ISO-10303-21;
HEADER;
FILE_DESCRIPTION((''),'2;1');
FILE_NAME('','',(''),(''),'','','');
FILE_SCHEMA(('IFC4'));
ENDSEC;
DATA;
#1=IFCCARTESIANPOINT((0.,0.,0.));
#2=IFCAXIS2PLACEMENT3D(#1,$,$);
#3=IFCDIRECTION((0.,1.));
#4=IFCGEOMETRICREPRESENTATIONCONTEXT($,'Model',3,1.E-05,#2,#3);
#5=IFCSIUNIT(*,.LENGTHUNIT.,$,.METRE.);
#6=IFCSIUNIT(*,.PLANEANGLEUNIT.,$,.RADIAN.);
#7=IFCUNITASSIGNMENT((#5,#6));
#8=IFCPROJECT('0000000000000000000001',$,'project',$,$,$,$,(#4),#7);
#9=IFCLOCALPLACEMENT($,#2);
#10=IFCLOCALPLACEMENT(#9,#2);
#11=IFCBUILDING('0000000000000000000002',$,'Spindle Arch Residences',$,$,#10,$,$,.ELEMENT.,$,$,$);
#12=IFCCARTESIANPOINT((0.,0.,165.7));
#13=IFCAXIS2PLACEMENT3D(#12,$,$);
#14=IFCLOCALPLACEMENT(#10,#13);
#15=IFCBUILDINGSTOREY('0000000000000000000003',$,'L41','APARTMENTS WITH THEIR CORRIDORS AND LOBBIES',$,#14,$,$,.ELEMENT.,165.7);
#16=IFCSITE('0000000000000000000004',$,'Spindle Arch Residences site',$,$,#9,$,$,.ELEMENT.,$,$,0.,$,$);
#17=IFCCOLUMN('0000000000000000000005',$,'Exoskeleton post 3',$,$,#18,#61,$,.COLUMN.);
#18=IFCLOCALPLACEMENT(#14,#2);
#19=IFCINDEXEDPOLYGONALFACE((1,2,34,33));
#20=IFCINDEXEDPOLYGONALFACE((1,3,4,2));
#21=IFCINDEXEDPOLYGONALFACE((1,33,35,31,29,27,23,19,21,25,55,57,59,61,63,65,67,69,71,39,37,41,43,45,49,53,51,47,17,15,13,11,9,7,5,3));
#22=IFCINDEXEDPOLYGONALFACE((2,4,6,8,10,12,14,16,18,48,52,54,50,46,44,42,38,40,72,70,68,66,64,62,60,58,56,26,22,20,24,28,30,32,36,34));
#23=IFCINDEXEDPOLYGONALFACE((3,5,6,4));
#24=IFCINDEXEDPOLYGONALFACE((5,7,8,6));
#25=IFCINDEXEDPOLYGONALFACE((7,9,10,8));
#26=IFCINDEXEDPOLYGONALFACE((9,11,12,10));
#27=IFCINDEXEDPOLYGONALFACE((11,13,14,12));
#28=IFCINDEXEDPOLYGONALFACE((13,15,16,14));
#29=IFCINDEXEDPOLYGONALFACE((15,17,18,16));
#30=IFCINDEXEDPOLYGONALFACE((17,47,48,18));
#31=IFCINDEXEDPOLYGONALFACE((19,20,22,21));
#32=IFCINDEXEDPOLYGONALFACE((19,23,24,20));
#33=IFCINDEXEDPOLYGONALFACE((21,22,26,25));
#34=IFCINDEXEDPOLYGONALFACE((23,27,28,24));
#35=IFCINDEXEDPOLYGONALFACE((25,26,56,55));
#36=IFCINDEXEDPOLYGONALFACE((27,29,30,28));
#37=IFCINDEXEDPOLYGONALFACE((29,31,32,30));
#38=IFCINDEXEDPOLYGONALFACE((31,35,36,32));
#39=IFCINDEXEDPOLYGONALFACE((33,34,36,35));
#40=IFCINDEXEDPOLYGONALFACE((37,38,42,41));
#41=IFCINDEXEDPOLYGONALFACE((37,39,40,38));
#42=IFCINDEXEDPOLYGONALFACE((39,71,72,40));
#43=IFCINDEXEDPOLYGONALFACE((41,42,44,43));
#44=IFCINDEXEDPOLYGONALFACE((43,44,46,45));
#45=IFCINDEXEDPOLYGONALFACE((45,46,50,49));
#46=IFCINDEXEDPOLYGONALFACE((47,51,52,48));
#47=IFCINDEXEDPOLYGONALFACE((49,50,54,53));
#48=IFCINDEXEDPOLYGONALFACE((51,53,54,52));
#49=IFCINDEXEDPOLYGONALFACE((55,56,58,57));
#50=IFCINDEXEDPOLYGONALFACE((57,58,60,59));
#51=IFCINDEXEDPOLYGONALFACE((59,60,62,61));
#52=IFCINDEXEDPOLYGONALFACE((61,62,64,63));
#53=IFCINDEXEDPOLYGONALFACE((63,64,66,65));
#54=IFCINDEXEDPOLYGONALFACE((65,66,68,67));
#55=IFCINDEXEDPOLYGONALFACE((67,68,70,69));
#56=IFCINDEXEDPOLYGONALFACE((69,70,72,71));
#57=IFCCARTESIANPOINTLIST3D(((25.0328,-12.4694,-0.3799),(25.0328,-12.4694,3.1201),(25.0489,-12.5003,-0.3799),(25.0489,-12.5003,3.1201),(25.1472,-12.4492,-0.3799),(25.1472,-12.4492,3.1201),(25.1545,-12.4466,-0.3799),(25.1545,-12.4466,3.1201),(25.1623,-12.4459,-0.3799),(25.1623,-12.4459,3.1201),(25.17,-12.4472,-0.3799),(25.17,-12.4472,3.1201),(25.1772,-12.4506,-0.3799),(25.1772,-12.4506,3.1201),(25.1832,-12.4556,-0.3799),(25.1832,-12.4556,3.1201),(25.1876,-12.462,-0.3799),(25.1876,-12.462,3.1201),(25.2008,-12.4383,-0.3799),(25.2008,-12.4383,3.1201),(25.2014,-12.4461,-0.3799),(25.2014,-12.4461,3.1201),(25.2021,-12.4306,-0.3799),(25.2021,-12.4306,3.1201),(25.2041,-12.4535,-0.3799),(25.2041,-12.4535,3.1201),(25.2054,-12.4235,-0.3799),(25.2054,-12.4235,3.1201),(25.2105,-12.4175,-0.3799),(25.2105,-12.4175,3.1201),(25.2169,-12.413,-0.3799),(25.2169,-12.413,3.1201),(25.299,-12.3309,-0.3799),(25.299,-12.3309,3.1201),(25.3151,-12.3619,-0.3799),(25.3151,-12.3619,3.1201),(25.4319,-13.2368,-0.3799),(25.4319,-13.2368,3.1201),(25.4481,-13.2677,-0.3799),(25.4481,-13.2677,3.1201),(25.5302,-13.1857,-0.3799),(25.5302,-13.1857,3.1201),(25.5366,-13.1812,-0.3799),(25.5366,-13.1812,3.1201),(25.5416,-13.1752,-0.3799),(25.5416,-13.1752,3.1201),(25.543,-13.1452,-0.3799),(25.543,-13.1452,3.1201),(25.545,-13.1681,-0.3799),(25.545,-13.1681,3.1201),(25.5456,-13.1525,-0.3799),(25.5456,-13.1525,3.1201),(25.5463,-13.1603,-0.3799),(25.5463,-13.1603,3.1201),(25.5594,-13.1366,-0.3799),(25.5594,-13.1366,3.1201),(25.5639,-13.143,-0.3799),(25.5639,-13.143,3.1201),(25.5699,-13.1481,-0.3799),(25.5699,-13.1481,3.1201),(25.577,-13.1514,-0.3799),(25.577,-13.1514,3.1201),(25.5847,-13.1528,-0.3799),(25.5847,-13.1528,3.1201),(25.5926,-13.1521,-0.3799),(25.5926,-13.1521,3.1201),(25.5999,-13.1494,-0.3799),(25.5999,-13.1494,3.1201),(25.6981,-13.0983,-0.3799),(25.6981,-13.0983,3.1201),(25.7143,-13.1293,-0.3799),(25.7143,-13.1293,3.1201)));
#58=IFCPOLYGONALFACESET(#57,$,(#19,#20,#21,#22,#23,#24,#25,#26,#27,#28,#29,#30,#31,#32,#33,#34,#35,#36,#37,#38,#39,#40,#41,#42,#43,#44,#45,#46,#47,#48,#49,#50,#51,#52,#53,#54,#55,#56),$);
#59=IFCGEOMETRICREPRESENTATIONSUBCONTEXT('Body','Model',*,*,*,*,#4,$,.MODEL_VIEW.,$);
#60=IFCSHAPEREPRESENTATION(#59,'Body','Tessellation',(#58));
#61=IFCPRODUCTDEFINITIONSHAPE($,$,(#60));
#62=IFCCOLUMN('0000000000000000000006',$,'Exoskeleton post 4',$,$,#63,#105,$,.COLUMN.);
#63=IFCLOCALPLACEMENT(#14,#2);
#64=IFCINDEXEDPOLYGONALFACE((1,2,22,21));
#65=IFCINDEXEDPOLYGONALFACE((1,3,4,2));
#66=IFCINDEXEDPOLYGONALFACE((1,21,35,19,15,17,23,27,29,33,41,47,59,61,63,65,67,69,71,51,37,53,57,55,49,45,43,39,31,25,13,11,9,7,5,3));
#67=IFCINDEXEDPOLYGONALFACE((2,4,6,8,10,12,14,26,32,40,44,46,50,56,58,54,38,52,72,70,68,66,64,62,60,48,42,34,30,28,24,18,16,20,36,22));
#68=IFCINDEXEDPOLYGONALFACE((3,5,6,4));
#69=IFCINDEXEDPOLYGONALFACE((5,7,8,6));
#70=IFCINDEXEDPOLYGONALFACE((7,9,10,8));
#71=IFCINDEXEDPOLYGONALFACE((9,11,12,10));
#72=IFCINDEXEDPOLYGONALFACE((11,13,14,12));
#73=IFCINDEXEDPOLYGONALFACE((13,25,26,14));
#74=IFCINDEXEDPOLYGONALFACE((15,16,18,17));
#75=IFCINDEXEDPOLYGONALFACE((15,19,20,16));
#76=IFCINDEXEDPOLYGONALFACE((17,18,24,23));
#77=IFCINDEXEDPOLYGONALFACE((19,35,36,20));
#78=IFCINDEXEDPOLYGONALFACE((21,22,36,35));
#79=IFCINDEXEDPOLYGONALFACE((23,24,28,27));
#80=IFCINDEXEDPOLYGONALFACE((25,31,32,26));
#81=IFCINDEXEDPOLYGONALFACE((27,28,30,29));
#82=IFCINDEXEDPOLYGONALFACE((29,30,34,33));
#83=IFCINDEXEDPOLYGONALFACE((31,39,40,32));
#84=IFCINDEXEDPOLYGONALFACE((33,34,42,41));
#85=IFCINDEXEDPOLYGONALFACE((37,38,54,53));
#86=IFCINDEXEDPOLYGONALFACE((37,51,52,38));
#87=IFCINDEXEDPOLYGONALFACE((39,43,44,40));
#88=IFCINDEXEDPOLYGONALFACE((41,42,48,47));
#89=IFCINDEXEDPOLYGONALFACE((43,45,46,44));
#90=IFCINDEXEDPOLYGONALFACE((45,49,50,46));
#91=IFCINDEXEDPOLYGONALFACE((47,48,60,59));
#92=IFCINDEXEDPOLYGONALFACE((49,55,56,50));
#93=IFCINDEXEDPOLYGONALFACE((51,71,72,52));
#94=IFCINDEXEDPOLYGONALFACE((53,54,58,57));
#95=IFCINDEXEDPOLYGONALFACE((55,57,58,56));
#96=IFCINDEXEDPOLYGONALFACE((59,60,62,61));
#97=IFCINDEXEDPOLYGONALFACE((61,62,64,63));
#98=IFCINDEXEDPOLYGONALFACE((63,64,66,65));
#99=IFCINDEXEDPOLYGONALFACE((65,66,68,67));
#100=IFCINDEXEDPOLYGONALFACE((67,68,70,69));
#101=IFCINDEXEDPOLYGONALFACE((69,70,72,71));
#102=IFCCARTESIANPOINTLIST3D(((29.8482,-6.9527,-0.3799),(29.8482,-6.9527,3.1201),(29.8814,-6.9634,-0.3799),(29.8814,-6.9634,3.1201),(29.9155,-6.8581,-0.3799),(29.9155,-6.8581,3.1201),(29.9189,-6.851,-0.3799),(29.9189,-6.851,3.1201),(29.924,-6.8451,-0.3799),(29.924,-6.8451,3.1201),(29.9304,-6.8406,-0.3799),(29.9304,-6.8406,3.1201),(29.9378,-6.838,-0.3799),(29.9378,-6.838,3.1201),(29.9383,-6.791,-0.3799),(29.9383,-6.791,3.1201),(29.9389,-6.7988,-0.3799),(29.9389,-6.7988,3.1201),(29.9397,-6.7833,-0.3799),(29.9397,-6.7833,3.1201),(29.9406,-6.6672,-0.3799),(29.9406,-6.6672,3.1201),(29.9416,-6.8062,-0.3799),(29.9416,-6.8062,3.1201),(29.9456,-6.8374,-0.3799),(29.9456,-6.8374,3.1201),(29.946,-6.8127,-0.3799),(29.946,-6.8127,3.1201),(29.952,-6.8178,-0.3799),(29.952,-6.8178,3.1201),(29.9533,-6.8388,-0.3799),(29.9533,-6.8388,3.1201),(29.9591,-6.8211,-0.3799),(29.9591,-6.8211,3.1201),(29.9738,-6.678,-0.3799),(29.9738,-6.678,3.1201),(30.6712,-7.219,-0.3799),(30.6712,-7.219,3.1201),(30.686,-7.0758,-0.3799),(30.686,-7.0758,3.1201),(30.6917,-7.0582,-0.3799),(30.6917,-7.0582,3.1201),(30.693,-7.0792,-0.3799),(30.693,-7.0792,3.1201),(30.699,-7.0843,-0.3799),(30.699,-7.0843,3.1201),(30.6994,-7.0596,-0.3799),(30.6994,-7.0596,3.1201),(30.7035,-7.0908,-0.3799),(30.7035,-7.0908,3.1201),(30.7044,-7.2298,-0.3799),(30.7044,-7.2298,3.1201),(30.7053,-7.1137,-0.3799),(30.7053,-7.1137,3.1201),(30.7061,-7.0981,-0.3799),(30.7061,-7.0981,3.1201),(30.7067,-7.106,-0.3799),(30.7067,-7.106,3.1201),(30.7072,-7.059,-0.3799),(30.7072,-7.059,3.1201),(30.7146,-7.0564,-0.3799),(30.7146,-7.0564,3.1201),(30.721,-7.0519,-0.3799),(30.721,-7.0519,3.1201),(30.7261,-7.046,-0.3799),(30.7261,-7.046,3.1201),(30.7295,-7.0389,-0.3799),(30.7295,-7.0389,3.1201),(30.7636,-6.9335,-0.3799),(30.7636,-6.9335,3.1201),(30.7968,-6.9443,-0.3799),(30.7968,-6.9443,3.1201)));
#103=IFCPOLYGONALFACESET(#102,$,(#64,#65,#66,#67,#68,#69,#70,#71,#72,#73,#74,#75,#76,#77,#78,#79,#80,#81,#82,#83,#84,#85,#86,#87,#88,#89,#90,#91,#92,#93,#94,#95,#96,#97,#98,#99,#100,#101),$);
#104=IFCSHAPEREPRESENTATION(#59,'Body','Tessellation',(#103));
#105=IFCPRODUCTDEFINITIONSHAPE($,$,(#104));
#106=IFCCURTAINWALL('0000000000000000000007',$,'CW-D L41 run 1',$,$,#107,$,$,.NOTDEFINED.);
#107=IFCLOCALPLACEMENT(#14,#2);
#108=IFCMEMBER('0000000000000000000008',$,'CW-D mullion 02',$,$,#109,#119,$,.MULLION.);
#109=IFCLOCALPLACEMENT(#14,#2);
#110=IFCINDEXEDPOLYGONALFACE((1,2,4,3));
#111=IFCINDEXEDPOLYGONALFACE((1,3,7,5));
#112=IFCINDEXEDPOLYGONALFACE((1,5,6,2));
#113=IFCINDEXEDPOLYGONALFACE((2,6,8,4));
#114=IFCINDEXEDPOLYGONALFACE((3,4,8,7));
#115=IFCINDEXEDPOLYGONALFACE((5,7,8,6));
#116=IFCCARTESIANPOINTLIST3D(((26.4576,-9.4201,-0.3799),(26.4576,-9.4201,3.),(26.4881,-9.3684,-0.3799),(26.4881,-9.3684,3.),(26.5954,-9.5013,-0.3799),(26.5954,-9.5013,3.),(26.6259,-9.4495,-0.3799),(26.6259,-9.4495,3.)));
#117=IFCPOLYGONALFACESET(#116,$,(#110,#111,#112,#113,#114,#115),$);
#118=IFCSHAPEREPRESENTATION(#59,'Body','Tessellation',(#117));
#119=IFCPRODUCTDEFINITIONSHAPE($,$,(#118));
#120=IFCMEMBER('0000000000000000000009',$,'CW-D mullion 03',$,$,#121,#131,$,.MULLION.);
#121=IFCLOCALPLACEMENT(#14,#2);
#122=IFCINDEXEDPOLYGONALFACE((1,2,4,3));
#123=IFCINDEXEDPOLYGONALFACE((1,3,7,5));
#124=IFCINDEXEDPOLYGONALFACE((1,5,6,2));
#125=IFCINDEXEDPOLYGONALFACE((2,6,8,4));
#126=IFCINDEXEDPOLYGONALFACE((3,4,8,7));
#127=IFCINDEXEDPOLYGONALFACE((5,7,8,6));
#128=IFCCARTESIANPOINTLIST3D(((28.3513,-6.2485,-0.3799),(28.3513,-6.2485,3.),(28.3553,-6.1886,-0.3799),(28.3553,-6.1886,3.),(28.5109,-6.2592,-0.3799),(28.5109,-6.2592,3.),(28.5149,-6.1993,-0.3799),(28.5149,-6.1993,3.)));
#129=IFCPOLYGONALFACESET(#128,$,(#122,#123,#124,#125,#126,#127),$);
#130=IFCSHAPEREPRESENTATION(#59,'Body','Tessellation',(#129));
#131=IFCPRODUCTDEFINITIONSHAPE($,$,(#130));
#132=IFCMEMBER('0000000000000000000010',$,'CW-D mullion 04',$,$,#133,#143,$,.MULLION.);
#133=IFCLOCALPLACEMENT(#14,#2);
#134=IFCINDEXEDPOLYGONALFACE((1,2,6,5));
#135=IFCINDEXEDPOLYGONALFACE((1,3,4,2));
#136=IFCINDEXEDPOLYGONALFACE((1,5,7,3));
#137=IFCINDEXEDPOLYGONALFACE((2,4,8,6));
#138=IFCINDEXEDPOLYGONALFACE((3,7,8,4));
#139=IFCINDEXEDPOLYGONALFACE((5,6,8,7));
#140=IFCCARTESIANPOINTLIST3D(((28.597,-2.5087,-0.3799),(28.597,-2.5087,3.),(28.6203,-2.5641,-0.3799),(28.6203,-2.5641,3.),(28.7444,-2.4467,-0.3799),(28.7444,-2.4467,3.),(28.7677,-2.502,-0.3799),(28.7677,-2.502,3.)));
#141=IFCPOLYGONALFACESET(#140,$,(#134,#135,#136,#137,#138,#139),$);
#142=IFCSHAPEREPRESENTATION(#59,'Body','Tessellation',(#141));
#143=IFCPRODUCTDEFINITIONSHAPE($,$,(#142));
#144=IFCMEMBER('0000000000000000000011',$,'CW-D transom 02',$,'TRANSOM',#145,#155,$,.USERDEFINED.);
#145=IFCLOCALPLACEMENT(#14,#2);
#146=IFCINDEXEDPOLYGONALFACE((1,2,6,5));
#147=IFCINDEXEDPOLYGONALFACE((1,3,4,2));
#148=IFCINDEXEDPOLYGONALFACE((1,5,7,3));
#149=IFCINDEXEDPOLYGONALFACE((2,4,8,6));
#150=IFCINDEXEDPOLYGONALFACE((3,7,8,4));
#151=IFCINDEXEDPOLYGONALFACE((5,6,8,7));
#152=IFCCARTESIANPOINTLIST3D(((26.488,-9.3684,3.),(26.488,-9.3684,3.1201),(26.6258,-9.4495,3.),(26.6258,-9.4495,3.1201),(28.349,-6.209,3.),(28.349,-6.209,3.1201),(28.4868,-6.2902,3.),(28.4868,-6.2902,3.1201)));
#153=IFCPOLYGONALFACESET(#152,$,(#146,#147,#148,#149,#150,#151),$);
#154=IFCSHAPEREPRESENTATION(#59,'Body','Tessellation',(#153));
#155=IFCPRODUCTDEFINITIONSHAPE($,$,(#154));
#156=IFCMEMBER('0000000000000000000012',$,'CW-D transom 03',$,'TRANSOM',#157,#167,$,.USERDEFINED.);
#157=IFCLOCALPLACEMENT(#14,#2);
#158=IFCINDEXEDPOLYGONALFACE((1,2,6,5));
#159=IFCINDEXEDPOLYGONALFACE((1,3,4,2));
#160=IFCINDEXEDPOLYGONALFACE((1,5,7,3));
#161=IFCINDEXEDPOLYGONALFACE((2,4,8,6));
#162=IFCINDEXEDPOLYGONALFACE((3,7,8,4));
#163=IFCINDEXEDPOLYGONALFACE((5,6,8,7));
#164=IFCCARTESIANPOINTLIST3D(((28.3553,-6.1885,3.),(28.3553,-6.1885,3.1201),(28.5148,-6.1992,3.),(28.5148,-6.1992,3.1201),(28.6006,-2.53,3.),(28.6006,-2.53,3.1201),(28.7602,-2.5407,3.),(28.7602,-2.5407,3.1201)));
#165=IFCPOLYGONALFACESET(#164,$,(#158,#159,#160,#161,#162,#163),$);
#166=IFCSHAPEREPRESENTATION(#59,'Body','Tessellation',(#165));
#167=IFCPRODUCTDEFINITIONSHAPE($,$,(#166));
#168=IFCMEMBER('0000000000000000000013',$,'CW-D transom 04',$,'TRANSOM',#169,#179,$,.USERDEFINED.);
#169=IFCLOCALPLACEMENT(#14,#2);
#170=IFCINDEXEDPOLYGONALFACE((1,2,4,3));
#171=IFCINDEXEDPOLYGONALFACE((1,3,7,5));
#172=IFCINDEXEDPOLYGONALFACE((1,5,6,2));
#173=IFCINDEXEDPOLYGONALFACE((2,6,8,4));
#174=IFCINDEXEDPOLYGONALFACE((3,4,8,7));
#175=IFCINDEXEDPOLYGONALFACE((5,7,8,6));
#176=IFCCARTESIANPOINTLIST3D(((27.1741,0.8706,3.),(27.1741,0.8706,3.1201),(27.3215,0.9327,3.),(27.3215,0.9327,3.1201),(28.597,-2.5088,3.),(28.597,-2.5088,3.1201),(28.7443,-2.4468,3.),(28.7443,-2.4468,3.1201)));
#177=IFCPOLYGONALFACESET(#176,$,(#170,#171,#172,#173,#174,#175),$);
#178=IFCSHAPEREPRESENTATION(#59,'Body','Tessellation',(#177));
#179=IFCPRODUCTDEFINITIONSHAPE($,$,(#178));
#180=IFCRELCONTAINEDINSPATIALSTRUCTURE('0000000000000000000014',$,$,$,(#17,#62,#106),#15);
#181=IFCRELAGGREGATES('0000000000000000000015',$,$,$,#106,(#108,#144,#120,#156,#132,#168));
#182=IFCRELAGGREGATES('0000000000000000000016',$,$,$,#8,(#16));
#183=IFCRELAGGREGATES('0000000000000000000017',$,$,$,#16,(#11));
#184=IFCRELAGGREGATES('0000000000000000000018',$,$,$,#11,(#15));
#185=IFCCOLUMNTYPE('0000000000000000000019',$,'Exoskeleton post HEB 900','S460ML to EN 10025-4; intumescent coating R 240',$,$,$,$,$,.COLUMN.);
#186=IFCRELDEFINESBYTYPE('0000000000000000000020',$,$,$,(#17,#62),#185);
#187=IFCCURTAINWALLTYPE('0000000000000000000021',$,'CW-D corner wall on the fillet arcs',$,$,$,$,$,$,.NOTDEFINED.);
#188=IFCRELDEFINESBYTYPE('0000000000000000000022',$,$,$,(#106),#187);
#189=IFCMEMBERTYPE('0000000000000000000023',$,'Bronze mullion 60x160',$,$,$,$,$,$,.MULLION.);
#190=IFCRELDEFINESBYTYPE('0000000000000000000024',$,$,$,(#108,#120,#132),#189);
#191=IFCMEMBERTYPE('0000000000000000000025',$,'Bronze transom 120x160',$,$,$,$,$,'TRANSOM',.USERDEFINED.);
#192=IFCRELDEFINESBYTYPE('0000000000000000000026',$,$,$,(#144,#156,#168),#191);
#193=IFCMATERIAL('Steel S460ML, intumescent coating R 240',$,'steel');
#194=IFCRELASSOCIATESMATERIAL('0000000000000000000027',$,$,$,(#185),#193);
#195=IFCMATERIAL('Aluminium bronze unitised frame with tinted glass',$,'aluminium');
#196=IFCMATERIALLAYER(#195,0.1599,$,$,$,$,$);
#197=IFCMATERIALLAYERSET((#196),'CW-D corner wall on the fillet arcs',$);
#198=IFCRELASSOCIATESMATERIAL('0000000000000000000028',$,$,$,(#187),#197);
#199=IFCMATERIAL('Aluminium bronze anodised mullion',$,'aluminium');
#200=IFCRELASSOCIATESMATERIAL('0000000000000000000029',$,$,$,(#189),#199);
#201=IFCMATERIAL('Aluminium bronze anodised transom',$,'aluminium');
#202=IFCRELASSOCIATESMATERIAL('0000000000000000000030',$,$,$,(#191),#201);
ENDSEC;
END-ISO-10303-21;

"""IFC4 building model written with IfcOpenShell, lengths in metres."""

from ifc_helpers import new_model, si_unit, direction, frame, origin, origin_2d, place, context, subcontext, project, spatial, rectangle, i_section, extrude, material, layer, layer_set, material_profile, profile_set, type_object, element, aggregate, save


model = new_model("IFC4")

# Units and contexts
model_context = context("Model", 3, precision=1e-05, world=origin(), true_north=direction((0.0, 1.0)))
body_context = subcontext(model_context, "Body", "Model", "MODEL_VIEW")
ifc_project = project(units=[si_unit("LENGTHUNIT", "METRE"), si_unit("PLANEANGLEUNIT", "RADIAN")], contexts=[model_context])

# Site, building, storey
site_placement = place(None, origin())
site = spatial("IfcSite", under=ifc_project, at=site_placement, Name="Spindle Arch Residences site", CompositionType="ELEMENT", RefElevation=0.0)
building_placement = place(site_placement, origin())
building = spatial("IfcBuilding", under=site, at=building_placement, Name="Spindle Arch Residences", CompositionType="ELEMENT")
storey_placement = place(building_placement, frame((0.0, 0.0, 165.7)))
storey = spatial("IfcBuildingStorey", under=building, at=storey_placement, Name="L41", Description="APARTMENTS WITH THEIR CORRIDORS AND LOBBIES", CompositionType="ELEMENT", Elevation=165.7)

# Columns
ifc_material_1 = material(Name="Steel S460ML, intumescent coating R 240", Category="steel")
ifc_material_profile_1 = material_profile(ifc_material_1, i_section(OverallWidth=0.3, OverallDepth=0.8999, WebThickness=0.0186, FlangeThickness=0.0349, FilletRadius=0.03, at=origin_2d()), Name="HEB 900")
ifc_profile_set_1 = profile_set([ifc_material_profile_1], Name="Steel S460ML, intumescent coating R 240")
column_type = type_object("IfcColumnType", Name="Exoskeleton post HEB 900", Description="S460ML to EN 10025-4; intumescent coating R 240", PredefinedType="COLUMN", material=ifc_profile_set_1)
for number, where, z_axis, x_axis, name in (
    (1, (25.3735, -12.7993, -0.3799), (0.0, 0.0, 1.0), (-0.887176, -0.46143, 0.0), "Exoskeleton post 3"),
    (2, (30.3225, -6.9485, -0.3799), (0.0, 0.0, 1.0), (-0.30788, -0.951425, 0.0), "Exoskeleton post 4"),
):
    element("IfcColumn", number, at=place(storey_placement, frame(where, z_axis=z_axis, x_axis=x_axis)), inside=storey, type_object=column_type, Name=name, PredefinedType="COLUMN", context=body_context, shape_type="SweptSolid", body=[
        extrude(i_section(OverallWidth=0.3, OverallDepth=0.8999, WebThickness=0.0186, FlangeThickness=0.0349, FilletRadius=0.03, at=origin_2d()), origin(), (0.0, 0.0, 1.0), 3.5),
    ])

# Curtain wall, members
ifc_material_2 = material(Name="Aluminium bronze unitised frame with tinted glass", Category="aluminium")
ifc_layer_1 = layer(ifc_material_2, 0.1599)
ifc_layer_set_1 = layer_set([ifc_layer_1], Name="CW-D corner wall on the fillet arcs")
curtain_wall_type = type_object("IfcCurtainWallType", Name="CW-D corner wall on the fillet arcs", PredefinedType="NOTDEFINED", material=ifc_layer_set_1)
curtain_wall_placement = place(storey_placement, origin())
curtain_wall = element("IfcCurtainWall", 3, at=curtain_wall_placement, inside=storey, type_object=curtain_wall_type, Name="CW-D L41 run 1", PredefinedType="NOTDEFINED")
ifc_material_3 = material(Name="Aluminium bronze anodised mullion", Category="aluminium")
ifc_material_profile_2 = material_profile(ifc_material_3, rectangle(XDim=0.1599, YDim=0.0601, at=origin_2d()), Name="MU 60x160")
ifc_profile_set_2 = profile_set([ifc_material_profile_2], Name="Aluminium bronze anodised mullion")
member_type_1 = type_object("IfcMemberType", Name="Bronze mullion 60x160", PredefinedType="MULLION", material=ifc_profile_set_2)
member_1_placement = place(storey_placement, frame((26.5417, -9.4348, -0.3799), z_axis=(0.0, 0.0, 1.0), x_axis=(-0.861629, 0.507538, 0.0)))
member_1 = element("IfcMember", 4, at=member_1_placement, type_object=member_type_1, Name="CW-D mullion 02", PredefinedType="MULLION", context=body_context, shape_type="SweptSolid", body=[
    extrude(rectangle(XDim=0.1599, YDim=0.0601, at=origin_2d()), origin(), (0.0, 0.0, 1.0), 3.3799),
])
member_2_placement = place(storey_placement, frame((28.4331, -6.2239, -0.3799), z_axis=(0.0, 0.0, 1.0), x_axis=(-0.997763, 0.066854, 0.0)))
member_2 = element("IfcMember", 5, at=member_2_placement, type_object=member_type_1, Name="CW-D mullion 03", PredefinedType="MULLION", context=body_context, shape_type="SweptSolid", body=[
    extrude(rectangle(XDim=0.1599, YDim=0.0601, at=origin_2d()), origin(), (0.0, 0.0, 1.0), 3.3799),
])
member_3_placement = place(storey_placement, frame((28.6824, -2.5054, -0.3799), z_axis=(0.0, 0.0, 1.0), x_axis=(-0.921638, -0.388052, 0.0)))
member_3 = element("IfcMember", 6, at=member_3_placement, type_object=member_type_1, Name="CW-D mullion 04", PredefinedType="MULLION", context=body_context, shape_type="SweptSolid", body=[
    extrude(rectangle(XDim=0.1599, YDim=0.0601, at=origin_2d()), origin(), (0.0, 0.0, 1.0), 3.3799),
])
ifc_material_4 = material(Name="Aluminium bronze anodised transom", Category="aluminium")
ifc_material_profile_3 = material_profile(ifc_material_4, rectangle(XDim=0.1599, YDim=0.1201, at=origin_2d()), Name="TR 120x160")
ifc_profile_set_3 = profile_set([ifc_material_profile_3], Name="Aluminium bronze anodised transom")
member_type_2 = type_object("IfcMemberType", Name="Bronze transom 120x160", ElementType="TRANSOM", PredefinedType="USERDEFINED", material=ifc_profile_set_3)
member_4_placement = place(storey_placement, frame((26.5569, -9.4089, 3.0601), z_axis=(0.507547, 0.861624, 0.0), x_axis=(-0.861624, 0.507547, 0.0)))
member_4 = element("IfcMember", 7, at=member_4_placement, type_object=member_type_2, Name="CW-D transom 02", ObjectType="TRANSOM", PredefinedType="USERDEFINED", context=body_context, shape_type="SweptSolid", body=[
    extrude(rectangle(XDim=0.1599, YDim=0.1201, at=origin_2d()), origin(), (0.0, 0.0, 1.0), 3.6667),
])
member_5_placement = place(storey_placement, frame((28.4351, -6.1938, 3.0601), z_axis=(0.066917, 0.997759, 0.0), x_axis=(-0.997759, 0.066917, 0.0)))
member_5 = element("IfcMember", 8, at=member_5_placement, type_object=member_type_2, Name="CW-D transom 03", ObjectType="TRANSOM", PredefinedType="USERDEFINED", context=body_context, shape_type="SweptSolid", body=[
    extrude(rectangle(XDim=0.1599, YDim=0.1201, at=origin_2d()), origin(), (0.0, 0.0, 1.0), 3.6667),
])
member_6_placement = place(storey_placement, frame((28.6707, -2.4778, 3.0601), z_axis=(-0.388045, 0.92164, 0.0), x_axis=(-0.92164, -0.388045, 0.0)))
member_6 = element("IfcMember", 9, at=member_6_placement, type_object=member_type_2, Name="CW-D transom 04", ObjectType="TRANSOM", PredefinedType="USERDEFINED", context=body_context, shape_type="SweptSolid", body=[
    extrude(rectangle(XDim=0.1599, YDim=0.1201, at=origin_2d()), origin(), (0.0, 0.0, 1.0), 3.6667),
])

aggregate(curtain_wall, [member_1, member_4, member_2, member_5, member_3, member_6])

save(model, "model.ifc")
